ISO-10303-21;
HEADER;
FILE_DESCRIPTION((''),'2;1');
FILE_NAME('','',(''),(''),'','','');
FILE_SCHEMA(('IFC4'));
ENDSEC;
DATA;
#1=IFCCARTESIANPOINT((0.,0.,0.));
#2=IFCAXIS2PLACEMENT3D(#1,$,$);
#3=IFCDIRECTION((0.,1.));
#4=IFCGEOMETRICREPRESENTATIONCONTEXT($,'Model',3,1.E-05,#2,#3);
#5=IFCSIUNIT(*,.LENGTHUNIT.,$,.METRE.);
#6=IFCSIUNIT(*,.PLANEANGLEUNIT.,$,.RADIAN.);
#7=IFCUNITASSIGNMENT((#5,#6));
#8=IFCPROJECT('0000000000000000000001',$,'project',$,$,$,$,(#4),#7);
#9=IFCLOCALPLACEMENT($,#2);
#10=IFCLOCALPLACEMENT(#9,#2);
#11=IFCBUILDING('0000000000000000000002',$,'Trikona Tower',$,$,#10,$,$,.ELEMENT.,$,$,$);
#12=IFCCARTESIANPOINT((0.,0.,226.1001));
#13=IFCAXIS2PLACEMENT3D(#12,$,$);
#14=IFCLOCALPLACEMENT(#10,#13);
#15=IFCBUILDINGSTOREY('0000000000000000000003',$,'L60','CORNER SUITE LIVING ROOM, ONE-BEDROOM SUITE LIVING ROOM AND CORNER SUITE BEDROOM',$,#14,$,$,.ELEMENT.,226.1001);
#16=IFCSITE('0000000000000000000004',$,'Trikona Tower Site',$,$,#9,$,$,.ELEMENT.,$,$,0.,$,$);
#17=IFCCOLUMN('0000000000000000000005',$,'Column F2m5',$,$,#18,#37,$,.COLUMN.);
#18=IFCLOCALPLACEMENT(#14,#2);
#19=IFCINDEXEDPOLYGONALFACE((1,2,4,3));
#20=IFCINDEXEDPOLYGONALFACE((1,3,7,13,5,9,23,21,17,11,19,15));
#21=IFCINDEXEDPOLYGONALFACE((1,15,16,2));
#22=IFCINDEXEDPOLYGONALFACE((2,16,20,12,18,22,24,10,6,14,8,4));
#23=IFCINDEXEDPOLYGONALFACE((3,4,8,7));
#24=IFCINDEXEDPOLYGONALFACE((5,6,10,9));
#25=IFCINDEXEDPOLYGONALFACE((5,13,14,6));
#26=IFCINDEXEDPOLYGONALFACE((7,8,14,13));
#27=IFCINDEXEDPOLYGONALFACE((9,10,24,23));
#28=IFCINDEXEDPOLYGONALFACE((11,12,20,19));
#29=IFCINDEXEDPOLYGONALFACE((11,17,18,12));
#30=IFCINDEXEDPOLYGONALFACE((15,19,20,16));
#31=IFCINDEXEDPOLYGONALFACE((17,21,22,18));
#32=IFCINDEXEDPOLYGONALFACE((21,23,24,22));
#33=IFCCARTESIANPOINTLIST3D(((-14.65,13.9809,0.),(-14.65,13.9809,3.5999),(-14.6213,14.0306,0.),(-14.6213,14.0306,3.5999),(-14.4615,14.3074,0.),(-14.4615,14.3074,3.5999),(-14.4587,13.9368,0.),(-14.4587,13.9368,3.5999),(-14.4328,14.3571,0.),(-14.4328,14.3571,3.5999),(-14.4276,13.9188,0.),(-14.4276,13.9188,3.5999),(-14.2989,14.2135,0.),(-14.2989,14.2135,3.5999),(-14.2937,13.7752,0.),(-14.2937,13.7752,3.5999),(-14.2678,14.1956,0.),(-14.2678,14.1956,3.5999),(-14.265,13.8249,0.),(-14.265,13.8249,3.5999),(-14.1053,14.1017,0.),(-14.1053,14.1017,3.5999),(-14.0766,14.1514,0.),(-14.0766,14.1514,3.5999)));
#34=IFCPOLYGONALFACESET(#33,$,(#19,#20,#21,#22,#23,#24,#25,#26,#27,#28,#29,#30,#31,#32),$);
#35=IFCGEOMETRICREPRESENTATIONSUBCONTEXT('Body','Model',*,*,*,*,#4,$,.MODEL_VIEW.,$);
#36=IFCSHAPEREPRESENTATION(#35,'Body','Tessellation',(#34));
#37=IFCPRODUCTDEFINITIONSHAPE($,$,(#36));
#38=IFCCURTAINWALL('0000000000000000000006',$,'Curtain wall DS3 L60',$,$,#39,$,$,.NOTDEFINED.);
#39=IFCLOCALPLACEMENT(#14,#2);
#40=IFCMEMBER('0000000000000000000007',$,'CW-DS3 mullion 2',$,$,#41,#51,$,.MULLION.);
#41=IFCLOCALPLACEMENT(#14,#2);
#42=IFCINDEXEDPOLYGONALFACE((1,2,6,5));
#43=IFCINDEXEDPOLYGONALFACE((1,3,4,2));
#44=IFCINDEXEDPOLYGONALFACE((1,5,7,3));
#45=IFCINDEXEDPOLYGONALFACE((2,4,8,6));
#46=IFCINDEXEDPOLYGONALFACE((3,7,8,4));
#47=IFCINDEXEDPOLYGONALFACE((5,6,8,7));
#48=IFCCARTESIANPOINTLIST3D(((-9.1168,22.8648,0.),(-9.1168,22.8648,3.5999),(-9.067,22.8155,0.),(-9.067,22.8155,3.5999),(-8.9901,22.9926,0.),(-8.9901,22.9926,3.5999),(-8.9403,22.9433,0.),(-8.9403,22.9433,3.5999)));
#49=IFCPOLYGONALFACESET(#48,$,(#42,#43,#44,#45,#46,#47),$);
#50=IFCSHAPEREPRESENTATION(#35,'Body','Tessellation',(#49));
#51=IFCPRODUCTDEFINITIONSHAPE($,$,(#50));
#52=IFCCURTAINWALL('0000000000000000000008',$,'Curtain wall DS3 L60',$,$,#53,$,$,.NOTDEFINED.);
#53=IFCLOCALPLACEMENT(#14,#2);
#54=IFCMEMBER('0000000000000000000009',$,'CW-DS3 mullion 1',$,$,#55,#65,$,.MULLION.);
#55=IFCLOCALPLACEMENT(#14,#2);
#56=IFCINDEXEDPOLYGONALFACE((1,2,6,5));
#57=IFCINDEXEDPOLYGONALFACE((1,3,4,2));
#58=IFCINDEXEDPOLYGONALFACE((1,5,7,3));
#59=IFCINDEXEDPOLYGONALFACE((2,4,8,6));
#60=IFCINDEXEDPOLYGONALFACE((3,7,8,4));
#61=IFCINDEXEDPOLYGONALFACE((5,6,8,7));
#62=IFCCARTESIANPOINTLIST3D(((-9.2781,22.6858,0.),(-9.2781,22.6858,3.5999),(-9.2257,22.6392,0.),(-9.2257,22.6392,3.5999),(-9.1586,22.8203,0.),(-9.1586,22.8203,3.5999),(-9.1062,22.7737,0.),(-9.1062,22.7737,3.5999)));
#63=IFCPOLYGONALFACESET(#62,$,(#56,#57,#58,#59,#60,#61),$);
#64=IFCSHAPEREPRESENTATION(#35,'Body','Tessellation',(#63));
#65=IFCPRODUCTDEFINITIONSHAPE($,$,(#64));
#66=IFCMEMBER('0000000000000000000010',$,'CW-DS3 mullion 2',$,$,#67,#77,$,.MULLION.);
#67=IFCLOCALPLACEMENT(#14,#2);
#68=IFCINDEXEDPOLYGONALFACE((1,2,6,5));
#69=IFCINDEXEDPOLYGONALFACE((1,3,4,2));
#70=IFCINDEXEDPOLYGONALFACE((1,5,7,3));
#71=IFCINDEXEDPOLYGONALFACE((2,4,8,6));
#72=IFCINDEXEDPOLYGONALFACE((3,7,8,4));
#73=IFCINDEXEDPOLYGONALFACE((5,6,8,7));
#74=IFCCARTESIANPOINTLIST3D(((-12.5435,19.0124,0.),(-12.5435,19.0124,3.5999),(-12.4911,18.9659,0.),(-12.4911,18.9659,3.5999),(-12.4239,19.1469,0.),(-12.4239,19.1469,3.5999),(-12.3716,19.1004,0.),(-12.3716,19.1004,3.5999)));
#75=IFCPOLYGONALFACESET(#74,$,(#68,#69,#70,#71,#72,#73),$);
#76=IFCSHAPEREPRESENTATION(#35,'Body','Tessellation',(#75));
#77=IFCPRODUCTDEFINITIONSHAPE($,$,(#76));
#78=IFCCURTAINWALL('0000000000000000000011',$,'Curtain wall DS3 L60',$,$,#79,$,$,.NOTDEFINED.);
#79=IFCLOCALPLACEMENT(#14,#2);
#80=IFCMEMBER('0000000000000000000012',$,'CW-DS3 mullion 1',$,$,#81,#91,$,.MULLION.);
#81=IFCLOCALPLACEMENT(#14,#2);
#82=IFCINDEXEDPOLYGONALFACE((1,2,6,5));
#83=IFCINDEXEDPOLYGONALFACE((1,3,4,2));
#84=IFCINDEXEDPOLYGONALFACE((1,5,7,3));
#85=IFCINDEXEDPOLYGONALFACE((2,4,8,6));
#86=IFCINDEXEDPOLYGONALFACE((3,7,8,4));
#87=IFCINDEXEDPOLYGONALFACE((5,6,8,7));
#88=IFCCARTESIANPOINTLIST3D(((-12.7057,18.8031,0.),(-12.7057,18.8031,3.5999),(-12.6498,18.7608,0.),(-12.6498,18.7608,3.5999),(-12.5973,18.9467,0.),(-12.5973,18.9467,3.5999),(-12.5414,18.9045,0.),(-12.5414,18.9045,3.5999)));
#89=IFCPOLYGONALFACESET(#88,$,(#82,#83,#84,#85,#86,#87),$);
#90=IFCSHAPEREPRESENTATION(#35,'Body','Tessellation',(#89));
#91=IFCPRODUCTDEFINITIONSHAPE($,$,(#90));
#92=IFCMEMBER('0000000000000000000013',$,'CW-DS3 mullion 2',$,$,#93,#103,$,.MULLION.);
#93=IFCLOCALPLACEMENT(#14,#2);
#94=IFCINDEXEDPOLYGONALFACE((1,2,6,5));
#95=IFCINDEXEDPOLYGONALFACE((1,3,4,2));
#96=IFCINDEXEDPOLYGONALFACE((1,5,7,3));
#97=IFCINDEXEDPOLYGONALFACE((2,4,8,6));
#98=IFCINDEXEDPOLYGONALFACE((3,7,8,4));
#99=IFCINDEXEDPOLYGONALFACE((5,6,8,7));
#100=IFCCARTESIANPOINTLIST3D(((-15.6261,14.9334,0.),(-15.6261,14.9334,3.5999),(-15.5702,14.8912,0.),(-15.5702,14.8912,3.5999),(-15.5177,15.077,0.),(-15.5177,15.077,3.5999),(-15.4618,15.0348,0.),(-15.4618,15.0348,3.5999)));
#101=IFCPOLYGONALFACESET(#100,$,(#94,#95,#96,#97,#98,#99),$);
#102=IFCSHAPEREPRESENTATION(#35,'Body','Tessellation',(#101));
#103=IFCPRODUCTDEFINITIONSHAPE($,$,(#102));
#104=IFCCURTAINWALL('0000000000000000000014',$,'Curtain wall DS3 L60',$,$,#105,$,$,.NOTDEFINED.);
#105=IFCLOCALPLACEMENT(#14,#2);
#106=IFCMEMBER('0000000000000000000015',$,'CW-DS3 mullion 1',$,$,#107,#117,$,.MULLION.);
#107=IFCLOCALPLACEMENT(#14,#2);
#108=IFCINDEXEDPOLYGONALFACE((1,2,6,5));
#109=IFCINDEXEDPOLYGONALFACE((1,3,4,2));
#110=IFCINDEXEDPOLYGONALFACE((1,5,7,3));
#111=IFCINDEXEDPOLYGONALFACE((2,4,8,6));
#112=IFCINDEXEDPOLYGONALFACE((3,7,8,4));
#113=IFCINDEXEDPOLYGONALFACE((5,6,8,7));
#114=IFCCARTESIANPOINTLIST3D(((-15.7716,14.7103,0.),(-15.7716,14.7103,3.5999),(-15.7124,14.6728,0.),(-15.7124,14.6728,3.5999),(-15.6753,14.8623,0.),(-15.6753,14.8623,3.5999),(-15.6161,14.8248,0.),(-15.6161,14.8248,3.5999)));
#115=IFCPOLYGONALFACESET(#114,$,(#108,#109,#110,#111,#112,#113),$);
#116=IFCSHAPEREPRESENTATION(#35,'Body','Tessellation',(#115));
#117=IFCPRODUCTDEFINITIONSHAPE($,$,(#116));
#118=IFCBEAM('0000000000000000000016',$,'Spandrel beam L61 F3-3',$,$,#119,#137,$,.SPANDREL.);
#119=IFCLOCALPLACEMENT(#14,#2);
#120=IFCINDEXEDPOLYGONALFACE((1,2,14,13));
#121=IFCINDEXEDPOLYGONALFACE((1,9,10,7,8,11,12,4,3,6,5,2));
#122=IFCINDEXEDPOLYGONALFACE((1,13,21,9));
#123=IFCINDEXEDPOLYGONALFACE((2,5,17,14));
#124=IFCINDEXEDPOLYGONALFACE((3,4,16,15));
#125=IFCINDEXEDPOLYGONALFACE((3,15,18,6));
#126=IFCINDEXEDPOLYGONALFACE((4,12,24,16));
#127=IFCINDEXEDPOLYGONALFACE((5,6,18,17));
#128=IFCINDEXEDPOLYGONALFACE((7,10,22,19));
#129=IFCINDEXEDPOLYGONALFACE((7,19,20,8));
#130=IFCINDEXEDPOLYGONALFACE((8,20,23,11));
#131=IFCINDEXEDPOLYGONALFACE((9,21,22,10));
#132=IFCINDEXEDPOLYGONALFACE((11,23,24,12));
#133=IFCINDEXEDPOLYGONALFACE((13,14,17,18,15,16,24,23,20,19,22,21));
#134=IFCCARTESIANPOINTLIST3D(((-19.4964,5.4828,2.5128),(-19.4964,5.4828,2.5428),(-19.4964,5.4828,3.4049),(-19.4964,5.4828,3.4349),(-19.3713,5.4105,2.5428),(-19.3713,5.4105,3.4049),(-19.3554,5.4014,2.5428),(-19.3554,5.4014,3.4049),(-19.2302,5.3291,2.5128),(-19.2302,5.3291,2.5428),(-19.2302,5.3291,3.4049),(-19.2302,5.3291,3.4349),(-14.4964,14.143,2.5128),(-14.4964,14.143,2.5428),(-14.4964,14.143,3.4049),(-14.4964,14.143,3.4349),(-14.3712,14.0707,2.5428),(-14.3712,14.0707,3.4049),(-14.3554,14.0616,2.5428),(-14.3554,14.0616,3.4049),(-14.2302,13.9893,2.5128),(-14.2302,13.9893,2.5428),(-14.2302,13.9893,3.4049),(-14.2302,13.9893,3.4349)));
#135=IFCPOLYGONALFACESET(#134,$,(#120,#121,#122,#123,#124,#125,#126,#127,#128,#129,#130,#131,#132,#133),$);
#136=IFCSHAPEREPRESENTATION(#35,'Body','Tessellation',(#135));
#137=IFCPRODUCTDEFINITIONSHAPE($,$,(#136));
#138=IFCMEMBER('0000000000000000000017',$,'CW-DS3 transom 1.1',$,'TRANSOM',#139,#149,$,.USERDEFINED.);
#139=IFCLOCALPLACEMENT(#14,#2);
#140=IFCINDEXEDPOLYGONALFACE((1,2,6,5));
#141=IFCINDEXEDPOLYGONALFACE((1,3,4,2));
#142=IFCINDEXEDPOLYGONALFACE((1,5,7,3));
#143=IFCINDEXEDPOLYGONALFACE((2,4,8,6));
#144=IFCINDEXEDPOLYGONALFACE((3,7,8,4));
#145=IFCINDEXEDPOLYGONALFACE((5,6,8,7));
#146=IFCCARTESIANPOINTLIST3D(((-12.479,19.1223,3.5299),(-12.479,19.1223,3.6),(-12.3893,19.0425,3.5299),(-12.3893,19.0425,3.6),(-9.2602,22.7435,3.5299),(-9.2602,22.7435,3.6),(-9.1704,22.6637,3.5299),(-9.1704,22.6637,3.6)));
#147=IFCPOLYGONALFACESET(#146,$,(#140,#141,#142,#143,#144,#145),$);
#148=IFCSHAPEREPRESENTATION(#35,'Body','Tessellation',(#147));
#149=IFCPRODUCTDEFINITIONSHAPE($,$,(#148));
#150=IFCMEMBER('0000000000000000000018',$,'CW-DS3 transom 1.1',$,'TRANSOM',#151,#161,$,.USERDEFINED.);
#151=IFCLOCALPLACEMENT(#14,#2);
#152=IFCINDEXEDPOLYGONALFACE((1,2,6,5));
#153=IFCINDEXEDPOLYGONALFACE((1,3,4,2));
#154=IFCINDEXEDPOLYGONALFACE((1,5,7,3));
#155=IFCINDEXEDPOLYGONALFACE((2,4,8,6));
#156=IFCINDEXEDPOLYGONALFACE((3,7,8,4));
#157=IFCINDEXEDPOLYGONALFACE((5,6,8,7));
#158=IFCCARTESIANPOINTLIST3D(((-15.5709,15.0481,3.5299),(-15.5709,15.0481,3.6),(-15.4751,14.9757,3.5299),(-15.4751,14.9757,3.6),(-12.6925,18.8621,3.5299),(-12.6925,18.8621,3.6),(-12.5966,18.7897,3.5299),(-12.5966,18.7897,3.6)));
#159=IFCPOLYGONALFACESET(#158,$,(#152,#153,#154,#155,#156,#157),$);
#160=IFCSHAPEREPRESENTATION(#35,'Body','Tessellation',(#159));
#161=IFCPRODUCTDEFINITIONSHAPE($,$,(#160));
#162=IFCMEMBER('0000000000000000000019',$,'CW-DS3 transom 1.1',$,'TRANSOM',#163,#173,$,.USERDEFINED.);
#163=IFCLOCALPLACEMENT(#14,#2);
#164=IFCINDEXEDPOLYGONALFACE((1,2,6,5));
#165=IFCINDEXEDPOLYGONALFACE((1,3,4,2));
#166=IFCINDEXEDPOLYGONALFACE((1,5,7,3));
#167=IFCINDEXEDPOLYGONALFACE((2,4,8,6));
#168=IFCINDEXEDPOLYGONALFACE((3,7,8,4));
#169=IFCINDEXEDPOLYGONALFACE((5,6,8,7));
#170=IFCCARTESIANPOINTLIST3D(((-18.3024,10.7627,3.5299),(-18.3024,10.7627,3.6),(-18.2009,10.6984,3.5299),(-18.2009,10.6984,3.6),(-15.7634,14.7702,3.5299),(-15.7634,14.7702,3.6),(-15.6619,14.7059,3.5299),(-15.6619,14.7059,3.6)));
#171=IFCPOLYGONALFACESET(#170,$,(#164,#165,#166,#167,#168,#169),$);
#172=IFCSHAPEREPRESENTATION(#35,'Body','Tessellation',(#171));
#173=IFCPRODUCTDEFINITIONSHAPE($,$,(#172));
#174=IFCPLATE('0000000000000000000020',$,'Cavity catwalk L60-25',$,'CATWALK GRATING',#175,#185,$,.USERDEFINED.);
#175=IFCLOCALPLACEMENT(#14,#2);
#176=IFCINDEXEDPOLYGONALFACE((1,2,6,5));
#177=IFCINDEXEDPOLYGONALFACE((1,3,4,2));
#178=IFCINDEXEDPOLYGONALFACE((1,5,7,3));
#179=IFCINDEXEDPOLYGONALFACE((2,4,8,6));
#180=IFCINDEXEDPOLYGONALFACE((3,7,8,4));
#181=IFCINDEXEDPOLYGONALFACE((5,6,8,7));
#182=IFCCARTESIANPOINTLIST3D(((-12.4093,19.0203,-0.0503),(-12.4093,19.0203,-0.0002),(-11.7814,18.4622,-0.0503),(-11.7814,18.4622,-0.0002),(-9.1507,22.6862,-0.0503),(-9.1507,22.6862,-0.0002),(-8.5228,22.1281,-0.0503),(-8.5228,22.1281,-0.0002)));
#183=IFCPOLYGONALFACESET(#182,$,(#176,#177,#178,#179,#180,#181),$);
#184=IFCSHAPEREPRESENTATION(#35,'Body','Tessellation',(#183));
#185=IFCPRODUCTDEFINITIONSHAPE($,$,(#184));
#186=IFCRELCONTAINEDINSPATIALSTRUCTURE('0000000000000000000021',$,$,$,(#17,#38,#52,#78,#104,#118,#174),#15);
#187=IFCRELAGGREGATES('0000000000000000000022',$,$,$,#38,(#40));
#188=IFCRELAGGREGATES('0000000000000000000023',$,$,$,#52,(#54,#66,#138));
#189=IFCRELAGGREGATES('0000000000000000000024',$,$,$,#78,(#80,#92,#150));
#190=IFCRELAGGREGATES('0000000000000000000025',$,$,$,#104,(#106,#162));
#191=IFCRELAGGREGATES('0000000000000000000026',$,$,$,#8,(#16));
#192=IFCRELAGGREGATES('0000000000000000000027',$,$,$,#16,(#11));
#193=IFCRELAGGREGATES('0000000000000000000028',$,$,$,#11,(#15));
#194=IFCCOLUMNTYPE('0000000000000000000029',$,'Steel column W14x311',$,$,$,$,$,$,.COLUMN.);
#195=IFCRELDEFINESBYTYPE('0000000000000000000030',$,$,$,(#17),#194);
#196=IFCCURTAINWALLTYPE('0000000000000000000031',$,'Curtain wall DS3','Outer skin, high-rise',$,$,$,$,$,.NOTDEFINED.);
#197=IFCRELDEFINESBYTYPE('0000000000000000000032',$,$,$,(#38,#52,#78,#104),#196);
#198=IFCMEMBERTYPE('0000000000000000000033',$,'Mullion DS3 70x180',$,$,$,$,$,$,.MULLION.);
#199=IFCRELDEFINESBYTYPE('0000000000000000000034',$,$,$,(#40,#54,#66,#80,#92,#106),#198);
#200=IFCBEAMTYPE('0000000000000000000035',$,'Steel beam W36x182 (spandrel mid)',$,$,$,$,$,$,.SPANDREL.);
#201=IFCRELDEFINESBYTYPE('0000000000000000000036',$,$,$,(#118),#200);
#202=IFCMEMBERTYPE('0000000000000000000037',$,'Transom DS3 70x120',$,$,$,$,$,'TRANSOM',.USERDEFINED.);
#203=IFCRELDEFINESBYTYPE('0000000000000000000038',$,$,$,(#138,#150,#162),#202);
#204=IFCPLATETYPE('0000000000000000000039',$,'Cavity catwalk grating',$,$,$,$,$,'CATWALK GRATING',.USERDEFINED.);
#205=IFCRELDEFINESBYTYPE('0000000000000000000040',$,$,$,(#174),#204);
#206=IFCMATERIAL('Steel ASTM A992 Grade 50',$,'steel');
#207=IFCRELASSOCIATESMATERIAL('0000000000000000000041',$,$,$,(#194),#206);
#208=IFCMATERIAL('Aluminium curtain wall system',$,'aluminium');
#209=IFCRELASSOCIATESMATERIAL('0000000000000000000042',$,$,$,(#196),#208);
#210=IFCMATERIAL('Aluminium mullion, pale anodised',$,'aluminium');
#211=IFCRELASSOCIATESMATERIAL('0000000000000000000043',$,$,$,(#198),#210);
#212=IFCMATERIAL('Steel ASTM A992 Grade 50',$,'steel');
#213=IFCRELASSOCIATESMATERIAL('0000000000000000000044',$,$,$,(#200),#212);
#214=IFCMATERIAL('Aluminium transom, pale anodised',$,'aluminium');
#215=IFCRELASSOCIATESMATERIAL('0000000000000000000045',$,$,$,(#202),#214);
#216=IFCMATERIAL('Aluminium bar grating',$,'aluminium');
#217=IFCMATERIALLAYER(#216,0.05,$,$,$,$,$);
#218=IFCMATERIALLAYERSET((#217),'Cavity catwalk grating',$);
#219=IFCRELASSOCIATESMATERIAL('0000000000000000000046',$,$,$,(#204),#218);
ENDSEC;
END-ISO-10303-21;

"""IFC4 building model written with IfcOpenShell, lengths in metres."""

from ifc_helpers import new_model, si_unit, direction, frame, origin, origin_2d, place, context, subcontext, project, spatial, rectangle, i_section, extrude, material, layer, layer_set, material_profile, profile_set, type_object, element, aggregate, save


model = new_model("IFC4")

# Units and contexts
model_context = context("Model", 3, precision=1e-05, world=origin(), true_north=direction((0.0, 1.0)))
body_context = subcontext(model_context, "Body", "Model", "MODEL_VIEW")
ifc_project = project(units=[si_unit("LENGTHUNIT", "METRE"), si_unit("PLANEANGLEUNIT", "RADIAN")], contexts=[model_context])

# Site, building, storey
site_placement = place(None, origin())
site = spatial("IfcSite", under=ifc_project, at=site_placement, Name="Trikona Tower Site", CompositionType="ELEMENT", RefElevation=0.0)
building_placement = place(site_placement, origin())
building = spatial("IfcBuilding", under=site, at=building_placement, Name="Trikona Tower", CompositionType="ELEMENT")
storey_placement = place(building_placement, frame((0.0, 0.0, 226.1001)))
storey = spatial("IfcBuildingStorey", under=building, at=storey_placement, Name="L60", Description="CORNER SUITE LIVING ROOM, ONE-BEDROOM SUITE LIVING ROOM AND CORNER SUITE BEDROOM", CompositionType="ELEMENT", Elevation=226.1001)

# Column
ifc_material_1 = material(Name="Steel ASTM A992 Grade 50", Category="steel")
ifc_material_profile_1 = material_profile(ifc_material_1, i_section(OverallWidth=0.4114, OverallDepth=0.4343, WebThickness=0.0359, FlangeThickness=0.0574, at=origin_2d()), Name="W14X311")
ifc_profile_set_1 = profile_set([ifc_material_profile_1], Name="Steel ASTM A992 Grade 50")
column_type = type_object("IfcColumnType", Name="Steel column W14x311", PredefinedType="COLUMN", material=ifc_profile_set_1)
column_placement = place(storey_placement, frame((-14.3633, 14.0662, 0.0), z_axis=(0.0, 0.0, 1.0), x_axis=(-0.866025, 0.5, 0.0)))
element("IfcColumn", 1, at=column_placement, inside=storey, type_object=column_type, Name="Column F2m5", PredefinedType="COLUMN", context=body_context, shape_type="SweptSolid", body=[
    extrude(i_section(OverallWidth=0.4114, OverallDepth=0.4343, WebThickness=0.0359, FlangeThickness=0.0574, at=origin_2d()), origin(), (0.0, 0.0, 1.0), 3.5999),
])

# Curtain wall, member
ifc_material_2 = material(Name="Aluminium curtain wall system", Category="aluminium")
curtain_wall_type = type_object("IfcCurtainWallType", Name="Curtain wall DS3", Description="Outer skin, high-rise", PredefinedType="NOTDEFINED", material=ifc_material_2)
curtain_wall_1_placement = place(storey_placement, origin())
curtain_wall_1 = element("IfcCurtainWall", 2, at=curtain_wall_1_placement, inside=storey, type_object=curtain_wall_type, Name="Curtain wall DS3 L60", PredefinedType="NOTDEFINED")
ifc_material_3 = material(Name="Aluminium mullion, pale anodised", Category="aluminium")
ifc_material_profile_2 = material_profile(ifc_material_3, rectangle(XDim=0.0701, YDim=0.1799, at=origin_2d()), Name="MUL-DS3")
ifc_profile_set_2 = profile_set([ifc_material_profile_2], Name="Aluminium mullion, pale anodised")
member_type_1 = type_object("IfcMemberType", Name="Mullion DS3 70x180", PredefinedType="MULLION", material=ifc_profile_set_2)
member_1_placement = place(storey_placement, frame((-9.0286, 22.9041, 0.0), z_axis=(0.0, 0.0, 1.0), x_axis=(0.710052, -0.704149, 0.0)))
member_1 = element("IfcMember", 3, at=member_1_placement, type_object=member_type_1, Name="CW-DS3 mullion 2", PredefinedType="MULLION", context=body_context, shape_type="SweptSolid", body=[
    extrude(rectangle(XDim=0.0701, YDim=0.1799, at=origin_2d()), origin(), (0.0, 0.0, 1.0), 3.5999),
])
aggregate(curtain_wall_1, [member_1])

# Curtain walls, members
curtain_wall_2_placement = place(storey_placement, origin())
curtain_wall_2 = element("IfcCurtainWall", 4, at=curtain_wall_2_placement, inside=storey, type_object=curtain_wall_type, Name="Curtain wall DS3 L60", PredefinedType="NOTDEFINED")
member_2_placement = place(storey_placement, frame((-9.1921, 22.7297, 0.0), z_axis=(0.0, 0.0, 1.0), x_axis=(0.747403, -0.664371, 0.0)))
member_2 = element("IfcMember", 5, at=member_2_placement, type_object=member_type_1, Name="CW-DS3 mullion 1", PredefinedType="MULLION", context=body_context, shape_type="SweptSolid", body=[
    extrude(rectangle(XDim=0.0701, YDim=0.1799, at=origin_2d()), origin(), (0.0, 0.0, 1.0), 3.5999),
])
member_3_placement = place(storey_placement, frame((-12.4575, 19.0564, 0.0), z_axis=(0.0, 0.0, 1.0), x_axis=(0.747403, -0.664371, 0.0)))
member_3 = element("IfcMember", 6, at=member_3_placement, type_object=member_type_1, Name="CW-DS3 mullion 2", PredefinedType="MULLION", context=body_context, shape_type="SweptSolid", body=[
    extrude(rectangle(XDim=0.0701, YDim=0.1799, at=origin_2d()), origin(), (0.0, 0.0, 1.0), 3.5999),
])
curtain_wall_3_placement = place(storey_placement, origin())
curtain_wall_3 = element("IfcCurtainWall", 7, at=curtain_wall_3_placement, inside=storey, type_object=curtain_wall_type, Name="Curtain wall DS3 L60", PredefinedType="NOTDEFINED")
member_4_placement = place(storey_placement, frame((-12.6235, 18.8538, 0.0), z_axis=(0.0, 0.0, 1.0), x_axis=(0.798193, -0.602402, 0.0)))
member_4 = element("IfcMember", 8, at=member_4_placement, type_object=member_type_1, Name="CW-DS3 mullion 1", PredefinedType="MULLION", context=body_context, shape_type="SweptSolid", body=[
    extrude(rectangle(XDim=0.0701, YDim=0.1799, at=origin_2d()), origin(), (0.0, 0.0, 1.0), 3.5999),
])
member_5_placement = place(storey_placement, frame((-15.5439, 14.9841, 0.0), z_axis=(0.0, 0.0, 1.0), x_axis=(0.798193, -0.602402, 0.0)))
member_5 = element("IfcMember", 9, at=member_5_placement, type_object=member_type_1, Name="CW-DS3 mullion 2", PredefinedType="MULLION", context=body_context, shape_type="SweptSolid", body=[
    extrude(rectangle(XDim=0.0701, YDim=0.1799, at=origin_2d()), origin(), (0.0, 0.0, 1.0), 3.5999),
])

# Curtain wall, member
curtain_wall_4_placement = place(storey_placement, origin())
curtain_wall_4 = element("IfcCurtainWall", 10, at=curtain_wall_4_placement, inside=storey, type_object=curtain_wall_type, Name="Curtain wall DS3 L60", PredefinedType="NOTDEFINED")
member_6_placement = place(storey_placement, frame((-15.6938, 14.7676, 0.0), z_axis=(0.0, 0.0, 1.0), x_axis=(0.844727, -0.535197, 0.0)))
member_6 = element("IfcMember", 11, at=member_6_placement, type_object=member_type_1, Name="CW-DS3 mullion 1", PredefinedType="MULLION", context=body_context, shape_type="SweptSolid", body=[
    extrude(rectangle(XDim=0.0701, YDim=0.1799, at=origin_2d()), origin(), (0.0, 0.0, 1.0), 3.5999),
])

# Beam
ifc_material_4 = material(Name="Steel ASTM A992 Grade 50", Category="steel")
ifc_material_profile_3 = material_profile(ifc_material_4, i_section(OverallWidth=0.3074, OverallDepth=0.9221, WebThickness=0.0183, FlangeThickness=0.03, at=origin_2d()), Name="W36X182")
ifc_profile_set_3 = profile_set([ifc_material_profile_3], Name="Steel ASTM A992 Grade 50")
beam_type = type_object("IfcBeamType", Name="Steel beam W36x182 (spandrel mid)", PredefinedType="SPANDREL", material=ifc_profile_set_3)
beam_placement = place(storey_placement, frame((-14.3633, 14.0662, 2.9739), z_axis=(-0.500004, -0.866023, 0.0), x_axis=(0.866023, -0.500004, 0.0)))
element("IfcBeam", 12, at=beam_placement, inside=storey, type_object=beam_type, Name="Spandrel beam L61 F3-3", PredefinedType="SPANDREL", context=body_context, shape_type="SweptSolid", body=[
    extrude(i_section(OverallWidth=0.3074, OverallDepth=0.9221, WebThickness=0.0183, FlangeThickness=0.03, at=origin_2d()), origin(), (0.0, 0.0, 1.0), 10.0),
])

# Members
ifc_material_5 = material(Name="Aluminium transom, pale anodised", Category="aluminium")
ifc_material_profile_4 = material_profile(ifc_material_5, rectangle(XDim=0.1201, YDim=0.0701, at=origin_2d()), Name="TRN-DS3")
ifc_profile_set_4 = profile_set([ifc_material_profile_4], Name="Aluminium transom, pale anodised")
member_type_2 = type_object("IfcMemberType", Name="Transom DS3 70x120", ElementType="TRANSOM", PredefinedType="USERDEFINED", material=ifc_profile_set_4)
member_7_placement = place(storey_placement, frame((-9.2153, 22.7036, 3.5649), z_axis=(-0.664364, -0.747409, 0.0), x_axis=(0.747409, -0.664364, 0.0)))
member_7 = element("IfcMember", 13, at=member_7_placement, type_object=member_type_2, Name="CW-DS3 transom 1.1", ObjectType="TRANSOM", PredefinedType="USERDEFINED", context=body_context, shape_type="SweptSolid", body=[
    extrude(rectangle(XDim=0.1201, YDim=0.0701, at=origin_2d()), origin(), (0.0, 0.0, 1.0), 4.845),
])
member_8_placement = place(storey_placement, frame((-12.6445, 18.8259, 3.5649), z_axis=(-0.602401, -0.798194, 0.0), x_axis=(0.798194, -0.602401, 0.0)))
member_8 = element("IfcMember", 14, at=member_8_placement, type_object=member_type_2, Name="CW-DS3 transom 1.1", ObjectType="TRANSOM", PredefinedType="USERDEFINED", context=body_context, shape_type="SweptSolid", body=[
    extrude(rectangle(XDim=0.1201, YDim=0.0701, at=origin_2d()), origin(), (0.0, 0.0, 1.0), 4.7783),
])
member_9_placement = place(storey_placement, frame((-15.7126, 14.738, 3.5649), z_axis=(-0.535193, -0.84473, 0.0), x_axis=(0.84473, -0.535193, 0.0)))
member_9 = element("IfcMember", 15, at=member_9_placement, type_object=member_type_2, Name="CW-DS3 transom 1.1", ObjectType="TRANSOM", PredefinedType="USERDEFINED", context=body_context, shape_type="SweptSolid", body=[
    extrude(rectangle(XDim=0.1201, YDim=0.0701, at=origin_2d()), origin(), (0.0, 0.0, 1.0), 4.7441),
])

# Plate
ifc_material_6 = material(Name="Aluminium bar grating", Category="aluminium")
ifc_layer_1 = layer(ifc_material_6, 0.05)
ifc_layer_set_1 = layer_set([ifc_layer_1], Name="Cavity catwalk grating")
plate_type_1 = type_object("IfcPlateType", Name="Cavity catwalk grating", ElementType="CATWALK GRATING", PredefinedType="USERDEFINED", material=ifc_layer_set_1)
plate_1_placement = place(storey_placement, frame((-10.4661, 20.5742, -0.0503), z_axis=(0.0, 0.0, 1.0), x_axis=(-0.664367, -0.747406, 0.0)))
element("IfcPlate", 16, at=plate_1_placement, inside=storey, type_object=plate_type_1, Name="Cavity catwalk L60-25", ObjectType="CATWALK GRATING", PredefinedType="USERDEFINED", context=body_context, shape_type="SweptSolid", body=[
    extrude(rectangle(XDim=4.9048, YDim=0.8401, at=origin_2d()), origin(), (0.0, 0.0, 1.0), 0.05),
])

aggregate(curtain_wall_2, [member_2, member_3, member_7])
aggregate(curtain_wall_3, [member_4, member_5, member_8])
aggregate(curtain_wall_4, [member_6, member_9])

save(model, "model.ifc")
